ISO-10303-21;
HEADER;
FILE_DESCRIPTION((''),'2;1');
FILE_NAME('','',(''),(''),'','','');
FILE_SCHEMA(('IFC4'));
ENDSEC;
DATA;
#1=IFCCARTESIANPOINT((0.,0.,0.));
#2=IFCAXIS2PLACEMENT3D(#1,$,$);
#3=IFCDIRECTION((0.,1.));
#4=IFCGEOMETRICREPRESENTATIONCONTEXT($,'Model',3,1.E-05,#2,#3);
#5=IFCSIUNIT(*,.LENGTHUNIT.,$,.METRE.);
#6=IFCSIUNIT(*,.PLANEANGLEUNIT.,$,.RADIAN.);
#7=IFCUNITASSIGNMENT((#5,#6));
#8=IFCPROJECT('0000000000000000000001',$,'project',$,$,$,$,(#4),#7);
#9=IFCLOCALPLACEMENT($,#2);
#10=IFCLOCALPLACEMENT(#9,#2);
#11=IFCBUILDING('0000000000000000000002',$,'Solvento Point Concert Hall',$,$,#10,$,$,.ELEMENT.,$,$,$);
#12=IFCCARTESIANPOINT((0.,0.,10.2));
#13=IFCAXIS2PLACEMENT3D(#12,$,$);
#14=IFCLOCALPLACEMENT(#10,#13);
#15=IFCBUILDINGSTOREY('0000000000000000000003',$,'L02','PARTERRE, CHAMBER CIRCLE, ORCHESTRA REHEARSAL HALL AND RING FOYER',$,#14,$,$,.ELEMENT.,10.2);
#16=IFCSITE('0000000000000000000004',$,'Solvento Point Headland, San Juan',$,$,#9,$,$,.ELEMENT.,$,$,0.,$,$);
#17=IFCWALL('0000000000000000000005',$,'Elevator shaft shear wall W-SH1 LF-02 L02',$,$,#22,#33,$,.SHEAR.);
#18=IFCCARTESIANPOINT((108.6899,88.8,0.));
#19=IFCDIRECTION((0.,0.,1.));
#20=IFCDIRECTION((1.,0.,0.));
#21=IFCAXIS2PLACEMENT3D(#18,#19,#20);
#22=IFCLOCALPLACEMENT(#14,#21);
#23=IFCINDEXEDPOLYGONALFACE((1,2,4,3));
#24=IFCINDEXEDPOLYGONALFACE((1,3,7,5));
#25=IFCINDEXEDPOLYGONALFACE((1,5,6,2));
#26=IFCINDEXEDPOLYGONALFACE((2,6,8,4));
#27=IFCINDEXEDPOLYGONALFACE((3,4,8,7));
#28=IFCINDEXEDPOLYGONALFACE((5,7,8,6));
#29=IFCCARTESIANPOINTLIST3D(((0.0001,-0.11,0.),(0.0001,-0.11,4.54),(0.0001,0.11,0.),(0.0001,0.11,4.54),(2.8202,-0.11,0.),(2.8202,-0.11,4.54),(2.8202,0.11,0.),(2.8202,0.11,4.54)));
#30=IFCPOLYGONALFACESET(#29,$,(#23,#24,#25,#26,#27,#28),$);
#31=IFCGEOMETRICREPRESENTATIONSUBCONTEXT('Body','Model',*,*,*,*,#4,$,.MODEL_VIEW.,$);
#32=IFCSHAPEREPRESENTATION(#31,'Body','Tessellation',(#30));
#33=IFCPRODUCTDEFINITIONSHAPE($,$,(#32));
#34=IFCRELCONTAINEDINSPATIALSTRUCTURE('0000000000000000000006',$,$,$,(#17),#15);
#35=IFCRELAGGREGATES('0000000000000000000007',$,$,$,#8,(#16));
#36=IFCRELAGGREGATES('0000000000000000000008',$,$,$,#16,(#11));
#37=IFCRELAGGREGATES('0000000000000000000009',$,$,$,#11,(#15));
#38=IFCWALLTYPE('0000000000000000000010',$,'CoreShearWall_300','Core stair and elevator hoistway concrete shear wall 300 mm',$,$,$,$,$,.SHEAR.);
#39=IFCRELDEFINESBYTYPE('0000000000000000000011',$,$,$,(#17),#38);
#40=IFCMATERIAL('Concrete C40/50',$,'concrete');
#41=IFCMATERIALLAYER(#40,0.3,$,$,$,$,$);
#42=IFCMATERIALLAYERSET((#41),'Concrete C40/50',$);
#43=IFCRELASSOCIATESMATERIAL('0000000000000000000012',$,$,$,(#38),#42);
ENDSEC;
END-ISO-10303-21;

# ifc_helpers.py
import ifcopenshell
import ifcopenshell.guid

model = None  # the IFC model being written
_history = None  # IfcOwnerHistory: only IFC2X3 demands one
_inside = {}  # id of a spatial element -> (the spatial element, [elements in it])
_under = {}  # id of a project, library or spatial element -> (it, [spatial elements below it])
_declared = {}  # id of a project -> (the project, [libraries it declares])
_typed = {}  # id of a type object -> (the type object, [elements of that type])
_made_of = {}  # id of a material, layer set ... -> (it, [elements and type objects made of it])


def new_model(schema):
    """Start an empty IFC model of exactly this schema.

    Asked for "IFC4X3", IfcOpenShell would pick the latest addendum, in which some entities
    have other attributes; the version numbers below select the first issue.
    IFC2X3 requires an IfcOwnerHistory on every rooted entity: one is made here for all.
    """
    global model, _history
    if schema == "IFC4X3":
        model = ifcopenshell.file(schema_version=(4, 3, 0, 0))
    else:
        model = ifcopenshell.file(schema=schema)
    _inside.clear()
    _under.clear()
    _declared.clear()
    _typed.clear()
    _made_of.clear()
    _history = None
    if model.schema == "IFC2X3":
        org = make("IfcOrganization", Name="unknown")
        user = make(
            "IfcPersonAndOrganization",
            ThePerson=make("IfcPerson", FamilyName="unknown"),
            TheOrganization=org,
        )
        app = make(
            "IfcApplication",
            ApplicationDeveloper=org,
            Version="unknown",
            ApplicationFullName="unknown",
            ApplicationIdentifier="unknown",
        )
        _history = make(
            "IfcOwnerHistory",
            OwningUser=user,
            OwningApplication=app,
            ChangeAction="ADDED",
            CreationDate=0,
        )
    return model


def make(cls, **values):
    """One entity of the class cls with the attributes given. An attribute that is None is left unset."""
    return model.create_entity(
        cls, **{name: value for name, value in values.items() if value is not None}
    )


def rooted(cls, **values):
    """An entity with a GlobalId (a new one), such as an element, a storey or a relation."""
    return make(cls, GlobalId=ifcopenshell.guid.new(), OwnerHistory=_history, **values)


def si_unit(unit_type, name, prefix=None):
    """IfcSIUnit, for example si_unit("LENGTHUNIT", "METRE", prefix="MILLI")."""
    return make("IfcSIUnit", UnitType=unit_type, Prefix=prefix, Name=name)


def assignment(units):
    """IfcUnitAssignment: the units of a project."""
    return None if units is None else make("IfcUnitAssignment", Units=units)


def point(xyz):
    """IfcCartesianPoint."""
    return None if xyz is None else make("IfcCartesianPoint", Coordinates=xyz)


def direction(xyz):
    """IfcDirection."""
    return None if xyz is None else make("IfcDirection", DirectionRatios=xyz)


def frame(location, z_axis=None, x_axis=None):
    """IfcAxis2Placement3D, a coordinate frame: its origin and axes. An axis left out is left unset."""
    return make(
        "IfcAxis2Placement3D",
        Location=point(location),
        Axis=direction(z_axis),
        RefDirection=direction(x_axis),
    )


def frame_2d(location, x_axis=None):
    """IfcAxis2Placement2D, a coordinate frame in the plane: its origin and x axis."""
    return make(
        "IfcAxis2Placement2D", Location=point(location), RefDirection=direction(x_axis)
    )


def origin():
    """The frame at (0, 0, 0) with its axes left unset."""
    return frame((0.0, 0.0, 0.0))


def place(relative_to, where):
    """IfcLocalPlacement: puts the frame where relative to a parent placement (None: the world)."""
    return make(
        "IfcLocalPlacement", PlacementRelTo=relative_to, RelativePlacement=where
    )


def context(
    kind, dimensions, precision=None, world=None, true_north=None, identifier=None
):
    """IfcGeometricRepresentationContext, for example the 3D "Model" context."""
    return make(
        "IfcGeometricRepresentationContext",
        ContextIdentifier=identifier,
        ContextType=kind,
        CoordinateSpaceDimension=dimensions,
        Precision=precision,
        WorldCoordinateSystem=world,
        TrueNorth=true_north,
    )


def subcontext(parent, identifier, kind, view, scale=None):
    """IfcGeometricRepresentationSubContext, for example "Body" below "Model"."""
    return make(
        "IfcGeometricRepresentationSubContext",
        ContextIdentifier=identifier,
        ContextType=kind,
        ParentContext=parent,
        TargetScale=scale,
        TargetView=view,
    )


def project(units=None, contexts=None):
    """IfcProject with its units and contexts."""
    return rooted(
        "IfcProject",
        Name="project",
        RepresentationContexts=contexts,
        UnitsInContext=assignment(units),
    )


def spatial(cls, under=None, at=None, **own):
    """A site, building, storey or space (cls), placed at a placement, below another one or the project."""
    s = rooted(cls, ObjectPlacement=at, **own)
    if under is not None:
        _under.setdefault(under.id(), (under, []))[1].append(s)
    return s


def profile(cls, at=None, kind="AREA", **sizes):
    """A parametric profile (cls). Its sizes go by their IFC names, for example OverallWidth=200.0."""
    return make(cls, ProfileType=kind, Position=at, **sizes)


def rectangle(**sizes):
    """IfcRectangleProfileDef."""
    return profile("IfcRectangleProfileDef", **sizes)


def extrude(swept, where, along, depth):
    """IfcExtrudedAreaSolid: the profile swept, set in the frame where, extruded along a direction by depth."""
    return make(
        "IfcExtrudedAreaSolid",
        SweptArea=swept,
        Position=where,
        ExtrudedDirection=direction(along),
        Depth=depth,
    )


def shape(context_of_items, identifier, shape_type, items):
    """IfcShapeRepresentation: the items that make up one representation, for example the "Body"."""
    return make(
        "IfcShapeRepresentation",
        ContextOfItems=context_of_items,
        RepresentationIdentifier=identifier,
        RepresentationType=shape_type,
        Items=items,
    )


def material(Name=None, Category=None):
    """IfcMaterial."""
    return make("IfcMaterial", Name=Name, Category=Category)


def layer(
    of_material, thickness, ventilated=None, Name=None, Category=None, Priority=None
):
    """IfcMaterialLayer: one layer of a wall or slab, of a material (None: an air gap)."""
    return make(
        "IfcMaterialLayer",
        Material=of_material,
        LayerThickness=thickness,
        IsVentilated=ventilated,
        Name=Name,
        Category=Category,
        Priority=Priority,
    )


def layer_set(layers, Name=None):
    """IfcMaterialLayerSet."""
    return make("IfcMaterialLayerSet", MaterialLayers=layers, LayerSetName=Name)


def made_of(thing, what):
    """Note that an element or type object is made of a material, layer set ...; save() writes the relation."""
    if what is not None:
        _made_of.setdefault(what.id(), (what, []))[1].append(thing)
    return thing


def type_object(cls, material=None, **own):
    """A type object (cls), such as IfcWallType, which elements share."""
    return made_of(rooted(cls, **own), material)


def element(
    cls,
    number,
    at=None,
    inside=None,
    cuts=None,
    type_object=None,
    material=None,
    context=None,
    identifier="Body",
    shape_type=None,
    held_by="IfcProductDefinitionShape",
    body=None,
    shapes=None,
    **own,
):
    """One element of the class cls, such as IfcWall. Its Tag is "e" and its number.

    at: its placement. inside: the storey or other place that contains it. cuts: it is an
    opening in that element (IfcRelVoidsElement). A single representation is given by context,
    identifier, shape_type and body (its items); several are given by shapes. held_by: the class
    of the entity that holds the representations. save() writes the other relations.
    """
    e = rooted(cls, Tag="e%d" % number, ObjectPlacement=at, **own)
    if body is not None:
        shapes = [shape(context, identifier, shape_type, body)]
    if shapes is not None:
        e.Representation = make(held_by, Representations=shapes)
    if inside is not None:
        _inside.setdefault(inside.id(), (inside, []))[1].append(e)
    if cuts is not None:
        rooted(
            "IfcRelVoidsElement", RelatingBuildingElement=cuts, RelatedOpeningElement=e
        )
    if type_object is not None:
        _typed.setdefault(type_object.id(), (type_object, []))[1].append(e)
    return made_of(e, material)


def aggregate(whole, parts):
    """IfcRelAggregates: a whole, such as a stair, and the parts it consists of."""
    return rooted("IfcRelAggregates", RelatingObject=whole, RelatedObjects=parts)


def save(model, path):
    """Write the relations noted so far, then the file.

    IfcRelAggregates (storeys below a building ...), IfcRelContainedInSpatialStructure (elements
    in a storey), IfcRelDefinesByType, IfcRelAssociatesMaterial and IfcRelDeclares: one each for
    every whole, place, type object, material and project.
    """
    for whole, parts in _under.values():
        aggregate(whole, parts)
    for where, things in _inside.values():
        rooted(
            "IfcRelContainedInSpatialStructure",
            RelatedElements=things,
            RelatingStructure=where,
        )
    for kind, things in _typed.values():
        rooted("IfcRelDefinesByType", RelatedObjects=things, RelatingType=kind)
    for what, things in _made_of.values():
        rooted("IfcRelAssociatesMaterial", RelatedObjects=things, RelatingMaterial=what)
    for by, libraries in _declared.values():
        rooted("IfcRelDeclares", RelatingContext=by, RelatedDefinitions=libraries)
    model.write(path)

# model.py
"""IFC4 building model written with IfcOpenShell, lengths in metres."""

from ifc_helpers import new_model, si_unit, direction, frame, frame_2d, origin, place, context, subcontext, project, spatial, rectangle, extrude, material, layer, layer_set, type_object, element, save


model = new_model("IFC4")

# Units and contexts
model_context = context("Model", 3, precision=1e-05, world=origin(), true_north=direction((0.0, 1.0)))
body_context = subcontext(model_context, "Body", "Model", "MODEL_VIEW")
ifc_project = project(units=[si_unit("LENGTHUNIT", "METRE"), si_unit("PLANEANGLEUNIT", "RADIAN")], contexts=[model_context])

# Site, building, storey
site_placement = place(None, origin())
site = spatial("IfcSite", under=ifc_project, at=site_placement, Name="Solvento Point Headland, San Juan", CompositionType="ELEMENT", RefElevation=0.0)
building_placement = place(site_placement, origin())
building = spatial("IfcBuilding", under=site, at=building_placement, Name="Solvento Point Concert Hall", CompositionType="ELEMENT")
storey_placement = place(building_placement, frame((0.0, 0.0, 10.2)))
storey = spatial("IfcBuildingStorey", under=building, at=storey_placement, Name="L02", Description="PARTERRE, CHAMBER CIRCLE, ORCHESTRA REHEARSAL HALL AND RING FOYER", CompositionType="ELEMENT", Elevation=10.2)

# Shared definitions
ifc_material_1 = material(Name="Concrete C40/50", Category="concrete")
ifc_layer_1 = layer(ifc_material_1, 0.3)
ifc_layer_set_1 = layer_set([ifc_layer_1], Name="Concrete C40/50")
wall_type_1 = type_object("IfcWallType", Name="CoreShearWall_300", Description="Core stair and elevator hoistway concrete shear wall 300 mm", PredefinedType="SHEAR", material=ifc_layer_set_1)

# Wall
wall_1_placement = place(storey_placement, frame((108.6899, 88.8, 0.0), z_axis=(0.0, 0.0, 1.0), x_axis=(1.0, 0.0, 0.0)))
element("IfcWall", 1, at=wall_1_placement, inside=storey, type_object=wall_type_1, Name="Elevator shaft shear wall W-SH1 LF-02 L02", PredefinedType="SHEAR", context=body_context, shape_type="SweptSolid", body=[
    extrude(rectangle(XDim=2.8201, YDim=0.22, at=frame_2d((1.4102, 0.0))), origin(), (0.0, 0.0, 1.0), 4.54),
])

save(model, "model.ifc")
